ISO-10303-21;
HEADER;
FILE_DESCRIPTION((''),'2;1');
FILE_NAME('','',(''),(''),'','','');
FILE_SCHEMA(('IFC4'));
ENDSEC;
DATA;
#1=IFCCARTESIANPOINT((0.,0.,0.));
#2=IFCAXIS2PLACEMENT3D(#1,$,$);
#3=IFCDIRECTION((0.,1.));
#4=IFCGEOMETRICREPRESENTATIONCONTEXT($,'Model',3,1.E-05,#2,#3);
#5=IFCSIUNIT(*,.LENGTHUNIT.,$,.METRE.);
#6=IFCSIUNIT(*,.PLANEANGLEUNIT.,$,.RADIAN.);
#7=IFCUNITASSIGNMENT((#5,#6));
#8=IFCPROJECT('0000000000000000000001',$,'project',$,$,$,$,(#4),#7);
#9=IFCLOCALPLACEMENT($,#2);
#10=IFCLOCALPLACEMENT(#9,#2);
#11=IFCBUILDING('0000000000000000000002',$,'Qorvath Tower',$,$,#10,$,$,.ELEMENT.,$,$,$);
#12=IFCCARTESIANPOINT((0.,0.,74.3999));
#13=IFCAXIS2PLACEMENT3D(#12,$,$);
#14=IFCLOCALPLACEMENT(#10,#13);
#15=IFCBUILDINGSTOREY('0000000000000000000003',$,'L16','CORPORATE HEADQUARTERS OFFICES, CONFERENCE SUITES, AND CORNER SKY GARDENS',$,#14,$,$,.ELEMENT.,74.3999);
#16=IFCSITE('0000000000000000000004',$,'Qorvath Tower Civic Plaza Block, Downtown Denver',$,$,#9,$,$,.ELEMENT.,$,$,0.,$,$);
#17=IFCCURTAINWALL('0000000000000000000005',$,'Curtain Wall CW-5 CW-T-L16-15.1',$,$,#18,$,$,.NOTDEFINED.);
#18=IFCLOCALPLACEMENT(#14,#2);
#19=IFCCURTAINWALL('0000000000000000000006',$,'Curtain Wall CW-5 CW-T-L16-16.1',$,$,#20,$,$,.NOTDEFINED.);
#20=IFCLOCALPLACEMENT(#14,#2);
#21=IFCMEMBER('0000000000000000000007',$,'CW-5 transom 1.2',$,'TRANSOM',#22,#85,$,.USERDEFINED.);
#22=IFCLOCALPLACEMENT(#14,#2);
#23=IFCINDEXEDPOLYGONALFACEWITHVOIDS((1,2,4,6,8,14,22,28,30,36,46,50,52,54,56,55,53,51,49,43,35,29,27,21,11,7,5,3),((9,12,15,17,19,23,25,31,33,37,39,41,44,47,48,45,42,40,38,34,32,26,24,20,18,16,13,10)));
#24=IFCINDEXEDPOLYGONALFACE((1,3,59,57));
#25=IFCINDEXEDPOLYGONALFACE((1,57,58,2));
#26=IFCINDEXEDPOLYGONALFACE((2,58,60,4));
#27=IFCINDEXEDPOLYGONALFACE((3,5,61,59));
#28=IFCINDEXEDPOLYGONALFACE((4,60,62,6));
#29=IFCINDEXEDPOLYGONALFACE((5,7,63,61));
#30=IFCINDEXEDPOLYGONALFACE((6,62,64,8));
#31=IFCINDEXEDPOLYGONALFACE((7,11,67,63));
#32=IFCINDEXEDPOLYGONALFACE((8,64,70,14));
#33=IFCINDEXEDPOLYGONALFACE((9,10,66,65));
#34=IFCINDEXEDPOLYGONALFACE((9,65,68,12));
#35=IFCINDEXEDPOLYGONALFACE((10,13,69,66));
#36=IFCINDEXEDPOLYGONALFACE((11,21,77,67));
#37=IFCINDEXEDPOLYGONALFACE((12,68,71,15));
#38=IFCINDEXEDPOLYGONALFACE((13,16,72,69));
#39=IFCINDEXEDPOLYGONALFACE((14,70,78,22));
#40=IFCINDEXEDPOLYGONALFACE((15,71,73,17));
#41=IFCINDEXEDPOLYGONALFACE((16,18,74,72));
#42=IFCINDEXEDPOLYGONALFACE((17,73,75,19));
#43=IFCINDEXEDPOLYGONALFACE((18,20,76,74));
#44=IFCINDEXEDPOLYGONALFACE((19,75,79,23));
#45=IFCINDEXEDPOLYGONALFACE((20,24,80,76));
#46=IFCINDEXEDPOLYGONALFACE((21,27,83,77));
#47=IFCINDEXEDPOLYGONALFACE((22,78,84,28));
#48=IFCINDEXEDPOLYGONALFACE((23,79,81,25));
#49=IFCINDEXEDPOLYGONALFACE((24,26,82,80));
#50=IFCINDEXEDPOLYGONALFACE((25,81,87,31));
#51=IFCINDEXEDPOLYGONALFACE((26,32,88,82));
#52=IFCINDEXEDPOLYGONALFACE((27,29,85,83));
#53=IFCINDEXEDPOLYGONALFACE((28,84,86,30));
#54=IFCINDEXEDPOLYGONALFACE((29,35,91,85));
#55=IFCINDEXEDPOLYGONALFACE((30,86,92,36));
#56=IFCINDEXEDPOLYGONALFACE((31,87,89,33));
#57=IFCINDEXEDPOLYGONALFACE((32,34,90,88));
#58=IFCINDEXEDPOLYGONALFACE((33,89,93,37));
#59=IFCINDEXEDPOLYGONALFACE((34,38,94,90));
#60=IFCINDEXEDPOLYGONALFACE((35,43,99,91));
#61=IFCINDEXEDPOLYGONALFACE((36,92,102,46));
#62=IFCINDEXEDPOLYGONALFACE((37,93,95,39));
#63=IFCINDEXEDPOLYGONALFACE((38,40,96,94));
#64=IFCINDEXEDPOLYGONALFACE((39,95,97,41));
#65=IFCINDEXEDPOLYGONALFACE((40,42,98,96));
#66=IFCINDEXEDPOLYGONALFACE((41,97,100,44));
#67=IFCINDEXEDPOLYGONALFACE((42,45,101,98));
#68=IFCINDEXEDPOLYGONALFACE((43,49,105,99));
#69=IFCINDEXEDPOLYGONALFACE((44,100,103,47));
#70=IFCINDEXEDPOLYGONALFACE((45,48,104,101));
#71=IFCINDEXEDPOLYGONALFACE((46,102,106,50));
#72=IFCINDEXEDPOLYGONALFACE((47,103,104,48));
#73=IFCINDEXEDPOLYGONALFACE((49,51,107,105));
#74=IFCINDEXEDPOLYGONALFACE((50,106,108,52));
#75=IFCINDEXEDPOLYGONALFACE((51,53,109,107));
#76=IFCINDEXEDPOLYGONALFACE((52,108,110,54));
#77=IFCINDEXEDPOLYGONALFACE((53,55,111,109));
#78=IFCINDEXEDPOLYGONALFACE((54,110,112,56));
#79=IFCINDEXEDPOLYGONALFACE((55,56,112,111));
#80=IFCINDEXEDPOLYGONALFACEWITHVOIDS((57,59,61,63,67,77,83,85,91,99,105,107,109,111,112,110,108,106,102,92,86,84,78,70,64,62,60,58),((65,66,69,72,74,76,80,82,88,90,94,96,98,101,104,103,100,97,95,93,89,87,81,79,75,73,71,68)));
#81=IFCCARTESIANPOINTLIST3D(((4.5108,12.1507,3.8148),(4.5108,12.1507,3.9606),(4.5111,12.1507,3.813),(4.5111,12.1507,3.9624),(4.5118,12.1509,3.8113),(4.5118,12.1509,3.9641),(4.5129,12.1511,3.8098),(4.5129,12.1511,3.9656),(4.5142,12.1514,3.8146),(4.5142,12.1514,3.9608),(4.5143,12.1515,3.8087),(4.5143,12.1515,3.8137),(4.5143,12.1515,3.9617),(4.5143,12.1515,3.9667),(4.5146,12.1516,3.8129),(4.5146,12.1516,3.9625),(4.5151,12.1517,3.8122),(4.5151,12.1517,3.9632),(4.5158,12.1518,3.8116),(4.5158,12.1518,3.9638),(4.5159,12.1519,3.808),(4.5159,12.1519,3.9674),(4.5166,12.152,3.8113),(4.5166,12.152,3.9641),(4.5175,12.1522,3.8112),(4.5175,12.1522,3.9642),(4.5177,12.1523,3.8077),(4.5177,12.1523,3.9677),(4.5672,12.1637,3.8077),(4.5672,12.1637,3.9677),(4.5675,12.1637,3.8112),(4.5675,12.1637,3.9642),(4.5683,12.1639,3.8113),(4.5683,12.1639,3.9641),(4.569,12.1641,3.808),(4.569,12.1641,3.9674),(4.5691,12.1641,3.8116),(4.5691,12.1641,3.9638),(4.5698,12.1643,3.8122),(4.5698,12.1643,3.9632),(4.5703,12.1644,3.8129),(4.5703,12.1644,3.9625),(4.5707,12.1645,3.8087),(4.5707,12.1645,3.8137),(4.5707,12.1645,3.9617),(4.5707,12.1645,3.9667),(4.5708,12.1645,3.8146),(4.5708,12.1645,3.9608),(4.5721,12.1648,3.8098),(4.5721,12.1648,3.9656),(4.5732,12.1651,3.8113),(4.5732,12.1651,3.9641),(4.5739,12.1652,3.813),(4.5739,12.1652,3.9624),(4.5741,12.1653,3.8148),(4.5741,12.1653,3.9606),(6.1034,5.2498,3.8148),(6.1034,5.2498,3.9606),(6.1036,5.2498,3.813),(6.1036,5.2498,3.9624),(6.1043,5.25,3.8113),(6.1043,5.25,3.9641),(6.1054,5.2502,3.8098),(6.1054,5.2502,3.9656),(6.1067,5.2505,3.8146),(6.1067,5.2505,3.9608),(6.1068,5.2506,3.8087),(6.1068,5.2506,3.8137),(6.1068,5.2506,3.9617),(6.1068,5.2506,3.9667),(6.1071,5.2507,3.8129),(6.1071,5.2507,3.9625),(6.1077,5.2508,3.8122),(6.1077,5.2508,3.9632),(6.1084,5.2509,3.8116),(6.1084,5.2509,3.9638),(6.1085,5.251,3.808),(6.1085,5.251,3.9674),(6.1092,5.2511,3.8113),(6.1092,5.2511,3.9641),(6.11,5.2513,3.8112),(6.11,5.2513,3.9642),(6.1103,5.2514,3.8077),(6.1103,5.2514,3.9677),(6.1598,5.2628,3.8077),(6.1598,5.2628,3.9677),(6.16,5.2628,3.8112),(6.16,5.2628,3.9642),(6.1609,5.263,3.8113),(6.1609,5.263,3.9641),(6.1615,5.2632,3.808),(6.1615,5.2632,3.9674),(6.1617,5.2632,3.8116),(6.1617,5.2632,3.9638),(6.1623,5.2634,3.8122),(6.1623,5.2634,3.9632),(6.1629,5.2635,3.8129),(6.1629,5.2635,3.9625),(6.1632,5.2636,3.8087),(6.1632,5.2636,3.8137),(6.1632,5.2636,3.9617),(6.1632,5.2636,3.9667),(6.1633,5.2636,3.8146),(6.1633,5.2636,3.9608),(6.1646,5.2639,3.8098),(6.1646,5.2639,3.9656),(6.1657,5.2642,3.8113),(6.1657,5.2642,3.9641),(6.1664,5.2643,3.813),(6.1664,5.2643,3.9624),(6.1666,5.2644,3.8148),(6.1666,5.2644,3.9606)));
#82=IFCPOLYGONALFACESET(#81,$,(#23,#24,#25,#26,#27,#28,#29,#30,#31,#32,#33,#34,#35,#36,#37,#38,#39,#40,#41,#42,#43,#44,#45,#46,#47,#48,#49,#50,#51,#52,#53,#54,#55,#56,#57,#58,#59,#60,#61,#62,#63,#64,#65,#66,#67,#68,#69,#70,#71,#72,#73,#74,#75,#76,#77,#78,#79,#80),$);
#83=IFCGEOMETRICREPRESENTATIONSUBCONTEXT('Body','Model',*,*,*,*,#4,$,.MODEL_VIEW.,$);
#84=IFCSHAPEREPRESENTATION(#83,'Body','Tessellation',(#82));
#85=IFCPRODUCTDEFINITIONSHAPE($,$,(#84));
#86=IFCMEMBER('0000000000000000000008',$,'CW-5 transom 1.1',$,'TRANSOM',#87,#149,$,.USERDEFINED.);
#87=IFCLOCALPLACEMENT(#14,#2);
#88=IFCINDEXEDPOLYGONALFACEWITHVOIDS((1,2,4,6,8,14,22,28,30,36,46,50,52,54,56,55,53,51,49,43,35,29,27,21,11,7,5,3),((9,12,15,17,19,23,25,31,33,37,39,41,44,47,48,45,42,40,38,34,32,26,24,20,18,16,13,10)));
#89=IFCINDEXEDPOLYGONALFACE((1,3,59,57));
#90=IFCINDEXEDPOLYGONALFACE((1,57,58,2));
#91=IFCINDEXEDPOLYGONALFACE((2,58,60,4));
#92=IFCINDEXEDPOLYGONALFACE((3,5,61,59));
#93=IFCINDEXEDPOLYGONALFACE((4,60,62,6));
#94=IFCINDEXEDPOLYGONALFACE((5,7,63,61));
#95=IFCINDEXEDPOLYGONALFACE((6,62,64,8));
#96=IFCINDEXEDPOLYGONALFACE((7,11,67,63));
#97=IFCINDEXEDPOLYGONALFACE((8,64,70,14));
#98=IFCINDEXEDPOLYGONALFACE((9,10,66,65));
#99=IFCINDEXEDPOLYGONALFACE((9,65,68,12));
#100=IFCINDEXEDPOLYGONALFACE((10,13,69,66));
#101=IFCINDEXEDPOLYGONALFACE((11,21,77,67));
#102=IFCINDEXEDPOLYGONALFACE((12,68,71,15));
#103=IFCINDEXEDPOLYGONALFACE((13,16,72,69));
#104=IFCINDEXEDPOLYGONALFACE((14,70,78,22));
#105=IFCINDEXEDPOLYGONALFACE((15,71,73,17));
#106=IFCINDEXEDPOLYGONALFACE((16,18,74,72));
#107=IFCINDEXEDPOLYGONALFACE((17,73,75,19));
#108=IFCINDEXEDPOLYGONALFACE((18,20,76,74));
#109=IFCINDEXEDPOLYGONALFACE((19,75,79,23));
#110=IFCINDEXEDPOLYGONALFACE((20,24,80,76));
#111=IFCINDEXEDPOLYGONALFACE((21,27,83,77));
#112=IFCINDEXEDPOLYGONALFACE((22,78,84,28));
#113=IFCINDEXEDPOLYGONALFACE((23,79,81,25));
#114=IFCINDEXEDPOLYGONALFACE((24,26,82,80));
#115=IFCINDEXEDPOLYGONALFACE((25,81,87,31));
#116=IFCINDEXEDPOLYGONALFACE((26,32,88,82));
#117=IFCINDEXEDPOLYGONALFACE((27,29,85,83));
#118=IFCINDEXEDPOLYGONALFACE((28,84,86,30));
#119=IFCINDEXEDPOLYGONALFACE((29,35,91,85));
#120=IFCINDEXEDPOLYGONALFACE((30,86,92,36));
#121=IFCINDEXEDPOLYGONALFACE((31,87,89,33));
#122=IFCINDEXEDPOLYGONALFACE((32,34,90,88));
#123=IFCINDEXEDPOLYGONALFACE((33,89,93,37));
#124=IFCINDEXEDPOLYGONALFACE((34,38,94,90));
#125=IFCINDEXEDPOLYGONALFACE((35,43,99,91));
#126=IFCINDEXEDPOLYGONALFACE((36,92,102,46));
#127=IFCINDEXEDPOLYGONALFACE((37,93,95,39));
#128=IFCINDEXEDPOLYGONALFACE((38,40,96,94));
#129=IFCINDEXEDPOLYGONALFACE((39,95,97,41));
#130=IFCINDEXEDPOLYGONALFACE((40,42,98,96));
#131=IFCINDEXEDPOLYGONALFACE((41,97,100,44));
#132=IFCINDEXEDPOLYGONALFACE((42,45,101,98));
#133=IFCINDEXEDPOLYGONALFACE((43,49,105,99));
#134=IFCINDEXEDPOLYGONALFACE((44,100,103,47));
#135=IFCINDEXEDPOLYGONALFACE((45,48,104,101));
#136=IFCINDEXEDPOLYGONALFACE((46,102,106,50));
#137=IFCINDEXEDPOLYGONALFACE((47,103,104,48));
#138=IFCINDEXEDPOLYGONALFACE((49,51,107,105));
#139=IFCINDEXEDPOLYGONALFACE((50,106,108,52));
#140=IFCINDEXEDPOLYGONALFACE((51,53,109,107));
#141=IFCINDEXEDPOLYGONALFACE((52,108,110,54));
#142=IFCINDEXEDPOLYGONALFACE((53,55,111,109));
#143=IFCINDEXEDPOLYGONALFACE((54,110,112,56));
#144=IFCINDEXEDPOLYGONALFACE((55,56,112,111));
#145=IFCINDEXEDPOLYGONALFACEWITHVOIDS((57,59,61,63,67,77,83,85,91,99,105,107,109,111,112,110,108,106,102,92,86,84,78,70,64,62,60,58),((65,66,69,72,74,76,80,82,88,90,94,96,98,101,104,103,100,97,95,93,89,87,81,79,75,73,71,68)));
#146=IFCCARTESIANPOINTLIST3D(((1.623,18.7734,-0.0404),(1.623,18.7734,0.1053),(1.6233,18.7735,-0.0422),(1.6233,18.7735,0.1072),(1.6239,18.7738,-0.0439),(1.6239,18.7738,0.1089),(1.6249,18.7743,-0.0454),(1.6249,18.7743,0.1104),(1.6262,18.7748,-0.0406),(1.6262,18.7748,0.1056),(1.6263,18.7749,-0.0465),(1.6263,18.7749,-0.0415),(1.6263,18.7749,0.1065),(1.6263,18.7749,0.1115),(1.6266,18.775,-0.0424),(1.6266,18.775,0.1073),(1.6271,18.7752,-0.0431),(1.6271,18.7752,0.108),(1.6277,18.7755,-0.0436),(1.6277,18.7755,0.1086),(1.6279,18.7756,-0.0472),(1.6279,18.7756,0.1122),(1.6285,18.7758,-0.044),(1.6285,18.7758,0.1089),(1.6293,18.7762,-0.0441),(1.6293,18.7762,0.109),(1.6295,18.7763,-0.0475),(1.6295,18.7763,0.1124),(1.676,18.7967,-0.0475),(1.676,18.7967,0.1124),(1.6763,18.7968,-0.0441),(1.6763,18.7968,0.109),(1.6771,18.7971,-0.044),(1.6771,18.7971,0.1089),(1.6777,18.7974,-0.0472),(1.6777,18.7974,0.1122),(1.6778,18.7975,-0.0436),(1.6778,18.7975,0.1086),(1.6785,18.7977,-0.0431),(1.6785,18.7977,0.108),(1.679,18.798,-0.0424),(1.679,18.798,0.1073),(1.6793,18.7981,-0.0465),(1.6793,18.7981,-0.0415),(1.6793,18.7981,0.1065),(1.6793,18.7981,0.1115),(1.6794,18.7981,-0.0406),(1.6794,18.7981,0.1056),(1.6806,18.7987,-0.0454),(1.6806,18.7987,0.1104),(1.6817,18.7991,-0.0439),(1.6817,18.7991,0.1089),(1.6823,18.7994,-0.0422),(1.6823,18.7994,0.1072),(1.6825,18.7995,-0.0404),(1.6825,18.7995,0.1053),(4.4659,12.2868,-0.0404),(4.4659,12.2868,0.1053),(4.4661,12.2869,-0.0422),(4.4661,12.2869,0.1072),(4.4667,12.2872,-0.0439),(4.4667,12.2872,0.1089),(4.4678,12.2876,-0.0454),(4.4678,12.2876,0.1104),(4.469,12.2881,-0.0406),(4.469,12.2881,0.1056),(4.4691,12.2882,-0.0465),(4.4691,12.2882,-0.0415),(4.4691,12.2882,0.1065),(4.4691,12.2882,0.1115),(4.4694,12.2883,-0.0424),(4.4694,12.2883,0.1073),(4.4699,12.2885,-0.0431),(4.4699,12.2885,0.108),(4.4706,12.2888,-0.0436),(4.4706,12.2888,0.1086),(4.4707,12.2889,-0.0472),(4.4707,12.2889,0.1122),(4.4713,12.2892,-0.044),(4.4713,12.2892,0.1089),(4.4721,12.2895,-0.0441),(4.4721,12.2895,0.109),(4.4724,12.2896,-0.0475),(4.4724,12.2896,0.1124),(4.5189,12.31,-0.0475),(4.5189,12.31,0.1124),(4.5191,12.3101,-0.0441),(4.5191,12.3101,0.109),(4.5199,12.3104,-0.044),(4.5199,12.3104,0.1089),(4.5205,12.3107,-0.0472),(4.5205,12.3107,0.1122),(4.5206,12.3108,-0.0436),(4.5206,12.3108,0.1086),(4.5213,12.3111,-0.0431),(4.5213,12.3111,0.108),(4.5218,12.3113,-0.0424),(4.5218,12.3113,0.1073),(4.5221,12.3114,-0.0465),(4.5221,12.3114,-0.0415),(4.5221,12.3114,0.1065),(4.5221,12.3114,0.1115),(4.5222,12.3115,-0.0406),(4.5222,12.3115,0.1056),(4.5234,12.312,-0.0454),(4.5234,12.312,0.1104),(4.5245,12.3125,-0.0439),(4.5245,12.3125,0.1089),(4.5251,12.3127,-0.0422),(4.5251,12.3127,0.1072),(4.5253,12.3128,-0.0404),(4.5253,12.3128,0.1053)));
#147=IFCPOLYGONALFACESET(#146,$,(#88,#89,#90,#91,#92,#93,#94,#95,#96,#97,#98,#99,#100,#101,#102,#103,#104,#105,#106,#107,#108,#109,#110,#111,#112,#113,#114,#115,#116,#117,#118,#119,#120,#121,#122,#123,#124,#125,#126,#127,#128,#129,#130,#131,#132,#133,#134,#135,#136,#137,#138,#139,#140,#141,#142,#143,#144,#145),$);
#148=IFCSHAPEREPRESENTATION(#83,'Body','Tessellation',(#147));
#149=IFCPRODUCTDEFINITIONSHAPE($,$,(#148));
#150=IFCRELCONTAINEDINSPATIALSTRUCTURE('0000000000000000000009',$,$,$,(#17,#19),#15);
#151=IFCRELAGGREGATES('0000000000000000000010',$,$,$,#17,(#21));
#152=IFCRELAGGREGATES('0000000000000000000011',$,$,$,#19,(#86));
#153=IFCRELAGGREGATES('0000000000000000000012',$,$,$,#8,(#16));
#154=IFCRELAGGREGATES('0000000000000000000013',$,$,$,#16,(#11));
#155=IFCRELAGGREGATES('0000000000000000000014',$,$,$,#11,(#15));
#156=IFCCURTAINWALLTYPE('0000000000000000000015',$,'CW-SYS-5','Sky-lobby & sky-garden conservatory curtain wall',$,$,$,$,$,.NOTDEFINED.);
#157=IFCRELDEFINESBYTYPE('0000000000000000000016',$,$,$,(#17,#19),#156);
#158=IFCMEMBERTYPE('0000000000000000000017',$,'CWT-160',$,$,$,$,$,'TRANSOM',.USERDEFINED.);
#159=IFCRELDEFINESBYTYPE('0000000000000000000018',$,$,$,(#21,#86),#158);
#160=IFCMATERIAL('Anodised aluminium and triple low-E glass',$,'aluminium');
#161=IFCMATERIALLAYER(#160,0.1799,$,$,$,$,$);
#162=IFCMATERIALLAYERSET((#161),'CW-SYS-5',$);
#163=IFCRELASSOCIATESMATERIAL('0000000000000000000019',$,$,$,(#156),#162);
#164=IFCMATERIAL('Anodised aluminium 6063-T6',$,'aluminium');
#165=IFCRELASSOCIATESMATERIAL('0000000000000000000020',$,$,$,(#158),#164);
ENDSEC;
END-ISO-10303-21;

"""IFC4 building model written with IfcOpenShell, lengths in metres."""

from ifc_helpers import new_model, si_unit, direction, frame, origin, origin_2d, place, context, subcontext, project, spatial, hollow_rectangle, extrude, material, layer, layer_set, material_profile, profile_set, type_object, element, aggregate, save


model = new_model("IFC4")

# Units and contexts
model_context = context("Model", 3, precision=1e-05, world=origin(), true_north=direction((0.0, 1.0)))
body_context = subcontext(model_context, "Body", "Model", "MODEL_VIEW")
ifc_project = project(units=[si_unit("LENGTHUNIT", "METRE"), si_unit("PLANEANGLEUNIT", "RADIAN")], contexts=[model_context])

# Site, building, storey
site_placement = place(None, origin())
site = spatial("IfcSite", under=ifc_project, at=site_placement, Name="Qorvath Tower Civic Plaza Block, Downtown Denver", CompositionType="ELEMENT", RefElevation=0.0)
building_placement = place(site_placement, origin())
building = spatial("IfcBuilding", under=site, at=building_placement, Name="Qorvath Tower", CompositionType="ELEMENT")
storey_placement = place(building_placement, frame((0.0, 0.0, 74.3999)))
storey = spatial("IfcBuildingStorey", under=building, at=storey_placement, Name="L16", Description="CORPORATE HEADQUARTERS OFFICES, CONFERENCE SUITES, AND CORNER SKY GARDENS", CompositionType="ELEMENT", Elevation=74.3999)

# Shared definitions
ifc_material_1 = material(Name="Anodised aluminium and triple low-E glass", Category="aluminium")
ifc_layer_1 = layer(ifc_material_1, 0.1799)
ifc_layer_set_1 = layer_set([ifc_layer_1], Name="CW-SYS-5")
curtain_wall_type = type_object("IfcCurtainWallType", Name="CW-SYS-5", Description="Sky-lobby & sky-garden conservatory curtain wall", PredefinedType="NOTDEFINED", material=ifc_layer_set_1)

# Curtain walls
curtain_wall_1_placement = place(storey_placement, origin())
curtain_wall_1 = element("IfcCurtainWall", 1, at=curtain_wall_1_placement, inside=storey, type_object=curtain_wall_type, Name="Curtain Wall CW-5 CW-T-L16-15.1", PredefinedType="NOTDEFINED")
curtain_wall_2_placement = place(storey_placement, origin())
curtain_wall_2 = element("IfcCurtainWall", 2, at=curtain_wall_2_placement, inside=storey, type_object=curtain_wall_type, Name="Curtain Wall CW-5 CW-T-L16-16.1", PredefinedType="NOTDEFINED")

# Members
ifc_material_2 = material(Name="Anodised aluminium 6063-T6", Category="aluminium")
ifc_material_profile_1 = material_profile(ifc_material_2, hollow_rectangle(XDim=0.0649, YDim=0.1599, WallThickness=0.0034, InnerFilletRadius=0.0034, OuterFilletRadius=0.0071, at=origin_2d()), Name="CWT 160x65")
ifc_profile_set_1 = profile_set([ifc_material_profile_1], Name="Anodised aluminium 6063-T6")
member_type_1 = type_object("IfcMemberType", Name="CWT-160", ElementType="TRANSOM", PredefinedType="USERDEFINED", material=ifc_profile_set_1)
member_1_placement = place(storey_placement, frame((6.135, 5.2571, 3.8877), z_axis=(-0.224862, 0.974391, 0.0), x_axis=(-0.974391, -0.224862, 0.0)))
member_1 = element("IfcMember", 3, at=member_1_placement, type_object=member_type_1, Name="CW-5 transom 1.2", ObjectType="TRANSOM", PredefinedType="USERDEFINED", context=body_context, shape_type="SweptSolid", body=[
    extrude(hollow_rectangle(XDim=0.0649, YDim=0.1599, WallThickness=0.0034, InnerFilletRadius=0.0034, OuterFilletRadius=0.0071, at=origin_2d()), origin(), (0.0, 0.0, 1.0), 7.0823),
])
member_2_placement = place(storey_placement, frame((4.4956, 12.2998, 0.0325), z_axis=(-0.401399, 0.915903, 0.0), x_axis=(-0.915903, -0.401399, 0.0)))
member_2 = element("IfcMember", 4, at=member_2_placement, type_object=member_type_1, Name="CW-5 transom 1.1", ObjectType="TRANSOM", PredefinedType="USERDEFINED", context=body_context, shape_type="SweptSolid", body=[
    extrude(hollow_rectangle(XDim=0.0649, YDim=0.1599, WallThickness=0.0034, InnerFilletRadius=0.0034, OuterFilletRadius=0.0071, at=origin_2d()), origin(), (0.0, 0.0, 1.0), 7.0823),
])

aggregate(curtain_wall_1, [member_1])
aggregate(curtain_wall_2, [member_2])

save(model, "model.ifc")
